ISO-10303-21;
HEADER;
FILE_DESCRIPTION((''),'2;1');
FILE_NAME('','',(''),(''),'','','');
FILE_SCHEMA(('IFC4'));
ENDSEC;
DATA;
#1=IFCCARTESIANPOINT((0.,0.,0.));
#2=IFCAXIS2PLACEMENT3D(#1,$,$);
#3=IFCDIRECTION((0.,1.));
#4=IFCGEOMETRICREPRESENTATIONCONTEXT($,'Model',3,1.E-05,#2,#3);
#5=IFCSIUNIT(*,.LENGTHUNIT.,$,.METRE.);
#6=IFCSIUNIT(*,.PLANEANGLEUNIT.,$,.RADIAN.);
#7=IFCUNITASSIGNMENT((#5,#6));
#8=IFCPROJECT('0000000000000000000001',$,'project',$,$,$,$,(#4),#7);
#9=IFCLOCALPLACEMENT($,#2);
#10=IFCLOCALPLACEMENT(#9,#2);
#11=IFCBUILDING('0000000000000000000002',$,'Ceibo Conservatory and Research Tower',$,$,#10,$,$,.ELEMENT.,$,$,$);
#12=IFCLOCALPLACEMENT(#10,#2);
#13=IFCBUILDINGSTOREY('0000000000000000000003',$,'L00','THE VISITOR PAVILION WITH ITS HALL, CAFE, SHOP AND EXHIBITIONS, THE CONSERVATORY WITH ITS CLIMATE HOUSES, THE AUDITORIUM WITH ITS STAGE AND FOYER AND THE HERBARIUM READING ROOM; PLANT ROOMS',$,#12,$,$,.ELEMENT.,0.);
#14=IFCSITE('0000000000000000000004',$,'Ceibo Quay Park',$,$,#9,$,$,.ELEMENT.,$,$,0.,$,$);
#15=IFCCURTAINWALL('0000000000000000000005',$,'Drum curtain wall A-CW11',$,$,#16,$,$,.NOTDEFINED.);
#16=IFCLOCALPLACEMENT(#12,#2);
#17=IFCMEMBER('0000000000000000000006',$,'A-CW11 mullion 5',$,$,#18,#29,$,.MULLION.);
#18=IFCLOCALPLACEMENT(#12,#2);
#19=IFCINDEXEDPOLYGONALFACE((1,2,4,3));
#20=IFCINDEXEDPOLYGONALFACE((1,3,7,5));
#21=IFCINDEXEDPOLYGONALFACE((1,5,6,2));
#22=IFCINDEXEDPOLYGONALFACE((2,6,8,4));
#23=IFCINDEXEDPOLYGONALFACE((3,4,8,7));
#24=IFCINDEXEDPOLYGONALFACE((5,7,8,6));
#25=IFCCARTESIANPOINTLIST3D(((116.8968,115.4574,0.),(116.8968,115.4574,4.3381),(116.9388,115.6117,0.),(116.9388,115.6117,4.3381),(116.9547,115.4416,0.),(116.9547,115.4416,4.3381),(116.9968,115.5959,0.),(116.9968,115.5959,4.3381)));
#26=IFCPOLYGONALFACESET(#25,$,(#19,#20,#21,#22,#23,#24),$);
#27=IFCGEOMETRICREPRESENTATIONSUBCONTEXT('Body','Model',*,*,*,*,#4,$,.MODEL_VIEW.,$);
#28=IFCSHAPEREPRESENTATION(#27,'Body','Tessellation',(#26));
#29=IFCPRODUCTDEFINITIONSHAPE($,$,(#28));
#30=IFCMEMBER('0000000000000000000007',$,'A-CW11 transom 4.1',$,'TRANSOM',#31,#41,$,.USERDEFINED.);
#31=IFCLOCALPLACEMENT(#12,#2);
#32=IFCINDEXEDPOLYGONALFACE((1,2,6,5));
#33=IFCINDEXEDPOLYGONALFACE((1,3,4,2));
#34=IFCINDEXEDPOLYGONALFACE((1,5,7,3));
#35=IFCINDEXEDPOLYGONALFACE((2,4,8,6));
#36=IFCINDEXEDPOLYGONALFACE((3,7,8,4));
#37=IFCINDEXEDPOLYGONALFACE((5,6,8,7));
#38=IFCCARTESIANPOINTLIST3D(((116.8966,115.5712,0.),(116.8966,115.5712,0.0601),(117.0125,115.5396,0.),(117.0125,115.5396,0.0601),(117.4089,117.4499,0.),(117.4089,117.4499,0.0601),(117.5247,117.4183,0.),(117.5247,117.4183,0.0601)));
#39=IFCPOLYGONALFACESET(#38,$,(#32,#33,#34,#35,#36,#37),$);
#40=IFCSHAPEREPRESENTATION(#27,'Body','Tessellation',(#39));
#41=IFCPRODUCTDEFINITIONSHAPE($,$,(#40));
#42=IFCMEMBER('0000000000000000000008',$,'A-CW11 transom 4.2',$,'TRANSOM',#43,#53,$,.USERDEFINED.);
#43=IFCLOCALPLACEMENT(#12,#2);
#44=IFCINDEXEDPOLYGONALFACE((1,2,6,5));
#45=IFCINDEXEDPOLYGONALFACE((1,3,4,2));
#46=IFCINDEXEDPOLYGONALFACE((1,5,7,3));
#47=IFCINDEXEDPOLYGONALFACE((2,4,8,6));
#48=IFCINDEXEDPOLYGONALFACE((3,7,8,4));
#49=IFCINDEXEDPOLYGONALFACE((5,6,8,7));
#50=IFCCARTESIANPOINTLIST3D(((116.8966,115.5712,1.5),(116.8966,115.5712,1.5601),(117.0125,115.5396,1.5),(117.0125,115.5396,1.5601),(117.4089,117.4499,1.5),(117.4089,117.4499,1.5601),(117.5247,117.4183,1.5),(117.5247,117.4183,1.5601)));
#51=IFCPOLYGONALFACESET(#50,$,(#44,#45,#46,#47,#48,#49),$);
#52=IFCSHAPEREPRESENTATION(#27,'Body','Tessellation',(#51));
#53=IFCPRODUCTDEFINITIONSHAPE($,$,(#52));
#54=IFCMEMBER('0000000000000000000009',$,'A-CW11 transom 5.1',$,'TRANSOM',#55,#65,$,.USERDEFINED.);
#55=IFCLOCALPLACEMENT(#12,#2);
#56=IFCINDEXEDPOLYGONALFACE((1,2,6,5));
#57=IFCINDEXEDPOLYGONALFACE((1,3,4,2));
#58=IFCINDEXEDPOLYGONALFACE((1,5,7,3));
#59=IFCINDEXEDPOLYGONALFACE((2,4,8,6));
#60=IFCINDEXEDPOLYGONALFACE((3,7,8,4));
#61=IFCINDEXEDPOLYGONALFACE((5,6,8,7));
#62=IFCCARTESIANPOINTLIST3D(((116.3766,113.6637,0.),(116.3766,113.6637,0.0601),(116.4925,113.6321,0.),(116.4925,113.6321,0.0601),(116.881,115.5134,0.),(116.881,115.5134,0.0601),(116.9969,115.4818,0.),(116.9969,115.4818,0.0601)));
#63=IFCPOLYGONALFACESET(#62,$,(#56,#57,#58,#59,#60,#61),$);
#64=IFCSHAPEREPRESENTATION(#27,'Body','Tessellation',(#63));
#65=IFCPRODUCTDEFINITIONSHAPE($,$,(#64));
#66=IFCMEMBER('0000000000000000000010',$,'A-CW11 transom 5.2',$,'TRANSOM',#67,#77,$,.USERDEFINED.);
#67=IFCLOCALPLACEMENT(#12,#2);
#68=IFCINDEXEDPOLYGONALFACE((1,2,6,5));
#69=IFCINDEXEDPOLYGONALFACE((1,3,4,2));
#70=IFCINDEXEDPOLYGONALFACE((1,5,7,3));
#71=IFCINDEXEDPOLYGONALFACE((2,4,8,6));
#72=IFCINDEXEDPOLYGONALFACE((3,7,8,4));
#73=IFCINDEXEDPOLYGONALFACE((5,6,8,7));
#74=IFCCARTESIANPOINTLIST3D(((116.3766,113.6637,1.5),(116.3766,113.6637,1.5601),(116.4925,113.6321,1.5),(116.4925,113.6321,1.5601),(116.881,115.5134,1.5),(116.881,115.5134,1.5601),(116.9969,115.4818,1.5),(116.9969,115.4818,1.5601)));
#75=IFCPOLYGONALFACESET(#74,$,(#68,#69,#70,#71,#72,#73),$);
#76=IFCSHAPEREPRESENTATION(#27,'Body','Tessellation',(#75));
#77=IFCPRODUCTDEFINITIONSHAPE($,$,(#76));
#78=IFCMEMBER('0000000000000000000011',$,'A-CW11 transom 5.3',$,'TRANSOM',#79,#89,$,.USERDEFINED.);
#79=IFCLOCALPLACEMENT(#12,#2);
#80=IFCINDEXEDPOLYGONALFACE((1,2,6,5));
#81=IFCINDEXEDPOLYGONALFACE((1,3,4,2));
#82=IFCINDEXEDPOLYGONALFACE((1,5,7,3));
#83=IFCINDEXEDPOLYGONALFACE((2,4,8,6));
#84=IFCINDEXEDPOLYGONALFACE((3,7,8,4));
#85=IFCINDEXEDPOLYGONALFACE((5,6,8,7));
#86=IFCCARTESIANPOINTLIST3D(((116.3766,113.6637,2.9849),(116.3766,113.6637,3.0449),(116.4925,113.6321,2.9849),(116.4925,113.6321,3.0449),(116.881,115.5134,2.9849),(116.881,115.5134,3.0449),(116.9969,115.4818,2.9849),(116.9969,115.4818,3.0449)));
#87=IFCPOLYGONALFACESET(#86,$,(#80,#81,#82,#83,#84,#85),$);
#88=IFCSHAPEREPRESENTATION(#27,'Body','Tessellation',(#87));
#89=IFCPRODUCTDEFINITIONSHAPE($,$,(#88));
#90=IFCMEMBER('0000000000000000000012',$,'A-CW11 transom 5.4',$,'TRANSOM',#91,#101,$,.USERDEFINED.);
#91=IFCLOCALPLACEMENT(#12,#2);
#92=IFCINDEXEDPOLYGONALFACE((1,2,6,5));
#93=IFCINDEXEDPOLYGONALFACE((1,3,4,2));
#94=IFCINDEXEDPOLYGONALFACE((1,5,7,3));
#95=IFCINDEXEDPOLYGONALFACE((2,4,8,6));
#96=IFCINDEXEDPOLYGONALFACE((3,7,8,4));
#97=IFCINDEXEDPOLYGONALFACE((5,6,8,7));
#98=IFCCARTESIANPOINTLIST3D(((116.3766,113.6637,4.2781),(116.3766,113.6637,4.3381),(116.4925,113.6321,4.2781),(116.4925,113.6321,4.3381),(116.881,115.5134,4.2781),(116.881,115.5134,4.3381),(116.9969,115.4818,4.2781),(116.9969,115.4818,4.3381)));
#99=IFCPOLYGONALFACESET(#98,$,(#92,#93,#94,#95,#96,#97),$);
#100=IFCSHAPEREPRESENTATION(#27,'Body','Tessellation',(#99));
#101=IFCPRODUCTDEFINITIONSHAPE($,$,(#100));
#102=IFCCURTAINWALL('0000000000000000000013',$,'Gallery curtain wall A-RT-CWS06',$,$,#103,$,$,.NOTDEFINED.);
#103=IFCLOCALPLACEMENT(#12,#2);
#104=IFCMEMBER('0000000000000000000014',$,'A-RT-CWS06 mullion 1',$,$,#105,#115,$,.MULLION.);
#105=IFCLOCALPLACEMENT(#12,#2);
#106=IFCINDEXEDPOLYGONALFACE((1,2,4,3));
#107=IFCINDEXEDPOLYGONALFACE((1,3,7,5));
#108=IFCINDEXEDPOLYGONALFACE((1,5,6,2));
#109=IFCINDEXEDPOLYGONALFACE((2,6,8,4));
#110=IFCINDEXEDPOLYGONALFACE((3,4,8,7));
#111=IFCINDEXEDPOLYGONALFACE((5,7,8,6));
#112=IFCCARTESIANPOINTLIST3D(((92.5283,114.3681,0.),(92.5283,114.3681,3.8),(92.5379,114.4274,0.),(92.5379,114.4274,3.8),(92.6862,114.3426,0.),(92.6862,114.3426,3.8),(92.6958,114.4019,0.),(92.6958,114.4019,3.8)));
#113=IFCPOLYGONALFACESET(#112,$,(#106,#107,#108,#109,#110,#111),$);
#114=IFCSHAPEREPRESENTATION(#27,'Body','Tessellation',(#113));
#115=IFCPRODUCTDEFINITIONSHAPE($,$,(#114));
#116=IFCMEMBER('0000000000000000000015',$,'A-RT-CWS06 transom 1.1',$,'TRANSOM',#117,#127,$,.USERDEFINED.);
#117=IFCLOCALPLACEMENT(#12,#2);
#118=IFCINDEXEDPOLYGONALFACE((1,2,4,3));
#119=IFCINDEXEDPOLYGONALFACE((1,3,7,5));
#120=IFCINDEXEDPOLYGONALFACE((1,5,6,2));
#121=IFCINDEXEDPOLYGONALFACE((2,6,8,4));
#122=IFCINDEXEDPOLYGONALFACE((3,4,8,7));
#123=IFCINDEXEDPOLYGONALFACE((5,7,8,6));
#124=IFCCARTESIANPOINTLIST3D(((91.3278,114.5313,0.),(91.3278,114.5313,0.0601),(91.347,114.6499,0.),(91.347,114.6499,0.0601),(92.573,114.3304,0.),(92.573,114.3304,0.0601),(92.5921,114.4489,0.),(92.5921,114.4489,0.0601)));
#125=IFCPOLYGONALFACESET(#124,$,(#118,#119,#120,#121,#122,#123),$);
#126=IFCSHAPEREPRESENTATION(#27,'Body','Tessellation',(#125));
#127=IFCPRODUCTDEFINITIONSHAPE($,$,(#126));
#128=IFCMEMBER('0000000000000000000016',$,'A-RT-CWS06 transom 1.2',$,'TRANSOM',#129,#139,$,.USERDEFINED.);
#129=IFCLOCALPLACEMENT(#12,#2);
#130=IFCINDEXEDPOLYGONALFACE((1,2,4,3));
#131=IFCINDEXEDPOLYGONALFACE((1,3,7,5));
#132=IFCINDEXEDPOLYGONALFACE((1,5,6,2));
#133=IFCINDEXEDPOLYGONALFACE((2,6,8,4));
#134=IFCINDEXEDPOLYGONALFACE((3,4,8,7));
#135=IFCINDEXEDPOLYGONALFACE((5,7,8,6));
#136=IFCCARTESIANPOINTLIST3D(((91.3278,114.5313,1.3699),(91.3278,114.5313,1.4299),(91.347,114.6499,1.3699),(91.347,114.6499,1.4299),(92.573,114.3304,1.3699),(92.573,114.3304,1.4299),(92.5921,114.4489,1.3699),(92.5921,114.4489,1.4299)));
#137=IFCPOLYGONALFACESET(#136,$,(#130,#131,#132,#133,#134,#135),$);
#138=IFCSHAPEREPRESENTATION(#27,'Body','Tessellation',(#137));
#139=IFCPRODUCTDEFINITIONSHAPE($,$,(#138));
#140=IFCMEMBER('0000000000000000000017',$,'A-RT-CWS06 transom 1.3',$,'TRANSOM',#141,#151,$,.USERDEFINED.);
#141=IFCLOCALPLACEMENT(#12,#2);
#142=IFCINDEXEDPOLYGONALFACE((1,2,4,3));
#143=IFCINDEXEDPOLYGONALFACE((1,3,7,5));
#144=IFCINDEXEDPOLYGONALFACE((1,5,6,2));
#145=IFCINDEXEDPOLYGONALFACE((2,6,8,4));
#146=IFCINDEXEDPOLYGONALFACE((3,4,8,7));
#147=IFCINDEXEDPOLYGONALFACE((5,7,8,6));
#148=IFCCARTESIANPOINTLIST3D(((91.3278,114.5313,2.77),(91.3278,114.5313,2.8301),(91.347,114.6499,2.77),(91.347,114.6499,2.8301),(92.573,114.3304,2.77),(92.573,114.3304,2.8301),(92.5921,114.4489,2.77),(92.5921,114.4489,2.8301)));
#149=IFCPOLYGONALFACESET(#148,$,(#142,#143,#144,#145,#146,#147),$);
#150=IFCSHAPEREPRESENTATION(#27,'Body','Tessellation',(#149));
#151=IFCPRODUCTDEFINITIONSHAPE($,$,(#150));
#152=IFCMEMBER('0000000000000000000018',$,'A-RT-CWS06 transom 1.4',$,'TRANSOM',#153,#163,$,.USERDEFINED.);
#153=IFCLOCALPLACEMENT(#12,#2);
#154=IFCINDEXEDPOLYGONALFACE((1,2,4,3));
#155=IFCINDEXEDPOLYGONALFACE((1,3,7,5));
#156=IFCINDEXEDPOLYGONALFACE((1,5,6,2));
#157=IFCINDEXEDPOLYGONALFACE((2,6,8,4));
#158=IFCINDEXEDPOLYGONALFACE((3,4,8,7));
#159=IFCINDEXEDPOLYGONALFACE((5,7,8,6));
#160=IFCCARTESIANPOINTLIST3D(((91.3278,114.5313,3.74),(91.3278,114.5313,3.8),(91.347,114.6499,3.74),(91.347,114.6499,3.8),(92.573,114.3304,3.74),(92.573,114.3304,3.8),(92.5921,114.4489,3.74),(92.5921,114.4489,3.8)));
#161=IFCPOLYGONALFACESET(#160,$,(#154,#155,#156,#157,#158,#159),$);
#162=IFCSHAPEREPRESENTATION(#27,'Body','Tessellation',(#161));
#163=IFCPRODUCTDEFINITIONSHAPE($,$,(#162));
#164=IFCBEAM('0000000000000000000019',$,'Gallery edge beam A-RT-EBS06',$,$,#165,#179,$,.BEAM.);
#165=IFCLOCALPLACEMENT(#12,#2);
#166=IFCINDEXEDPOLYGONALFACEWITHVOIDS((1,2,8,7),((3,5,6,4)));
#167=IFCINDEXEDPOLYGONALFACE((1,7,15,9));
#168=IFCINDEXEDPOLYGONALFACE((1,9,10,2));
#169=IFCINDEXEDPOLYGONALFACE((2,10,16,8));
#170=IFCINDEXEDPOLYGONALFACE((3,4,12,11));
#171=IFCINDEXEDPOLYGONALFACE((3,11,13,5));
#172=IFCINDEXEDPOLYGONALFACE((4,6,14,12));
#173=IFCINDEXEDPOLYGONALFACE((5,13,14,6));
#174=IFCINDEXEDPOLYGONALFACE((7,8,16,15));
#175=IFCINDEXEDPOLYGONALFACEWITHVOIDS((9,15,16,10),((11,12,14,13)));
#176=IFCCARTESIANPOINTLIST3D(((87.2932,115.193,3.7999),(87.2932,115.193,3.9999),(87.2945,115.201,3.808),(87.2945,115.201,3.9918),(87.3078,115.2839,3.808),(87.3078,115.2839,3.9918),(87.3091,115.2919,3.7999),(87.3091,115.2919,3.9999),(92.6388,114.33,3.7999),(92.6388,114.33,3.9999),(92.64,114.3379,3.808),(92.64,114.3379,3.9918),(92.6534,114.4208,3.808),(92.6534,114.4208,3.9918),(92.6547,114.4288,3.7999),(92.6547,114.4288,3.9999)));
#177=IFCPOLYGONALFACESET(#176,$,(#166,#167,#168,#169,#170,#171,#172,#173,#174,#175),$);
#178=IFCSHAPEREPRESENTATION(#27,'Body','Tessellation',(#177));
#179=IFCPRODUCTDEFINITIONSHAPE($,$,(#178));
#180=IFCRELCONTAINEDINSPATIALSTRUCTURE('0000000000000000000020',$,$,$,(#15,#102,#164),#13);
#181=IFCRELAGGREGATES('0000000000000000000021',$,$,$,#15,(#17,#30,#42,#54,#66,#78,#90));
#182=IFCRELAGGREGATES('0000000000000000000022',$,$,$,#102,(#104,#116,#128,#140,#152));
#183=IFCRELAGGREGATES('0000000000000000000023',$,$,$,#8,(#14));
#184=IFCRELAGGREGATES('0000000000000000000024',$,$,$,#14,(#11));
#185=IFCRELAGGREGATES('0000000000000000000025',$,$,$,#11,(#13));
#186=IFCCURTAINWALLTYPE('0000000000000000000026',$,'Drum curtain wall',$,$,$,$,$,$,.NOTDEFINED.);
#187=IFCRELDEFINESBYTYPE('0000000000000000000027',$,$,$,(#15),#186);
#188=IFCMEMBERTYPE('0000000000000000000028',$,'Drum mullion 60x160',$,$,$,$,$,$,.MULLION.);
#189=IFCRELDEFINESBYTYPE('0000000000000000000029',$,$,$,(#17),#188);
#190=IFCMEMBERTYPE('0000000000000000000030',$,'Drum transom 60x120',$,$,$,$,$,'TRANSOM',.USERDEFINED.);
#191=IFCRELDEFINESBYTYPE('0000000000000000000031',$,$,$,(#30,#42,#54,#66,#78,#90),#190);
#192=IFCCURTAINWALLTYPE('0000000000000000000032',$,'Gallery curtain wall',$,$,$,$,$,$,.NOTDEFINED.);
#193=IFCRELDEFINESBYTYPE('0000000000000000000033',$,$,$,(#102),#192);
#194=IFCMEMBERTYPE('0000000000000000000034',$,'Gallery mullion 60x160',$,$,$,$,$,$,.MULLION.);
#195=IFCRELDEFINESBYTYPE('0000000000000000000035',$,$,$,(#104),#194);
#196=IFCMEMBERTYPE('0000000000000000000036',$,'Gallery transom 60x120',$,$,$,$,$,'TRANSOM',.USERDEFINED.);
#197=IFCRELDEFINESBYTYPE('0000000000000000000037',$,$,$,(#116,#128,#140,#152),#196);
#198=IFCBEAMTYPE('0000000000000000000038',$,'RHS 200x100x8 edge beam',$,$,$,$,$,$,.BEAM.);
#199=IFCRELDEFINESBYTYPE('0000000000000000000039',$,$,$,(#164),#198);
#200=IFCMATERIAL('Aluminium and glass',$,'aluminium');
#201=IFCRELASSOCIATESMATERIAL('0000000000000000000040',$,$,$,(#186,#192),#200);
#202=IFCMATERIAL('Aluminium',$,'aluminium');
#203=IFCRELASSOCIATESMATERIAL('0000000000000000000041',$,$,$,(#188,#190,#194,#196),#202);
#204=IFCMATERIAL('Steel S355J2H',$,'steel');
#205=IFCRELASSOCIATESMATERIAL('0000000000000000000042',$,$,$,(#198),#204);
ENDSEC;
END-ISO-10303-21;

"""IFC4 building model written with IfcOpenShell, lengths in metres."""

from ifc_helpers import new_model, si_unit, direction, frame, origin, origin_2d, place, context, subcontext, project, spatial, rectangle, hollow_rectangle, extrude, material, material_profile, profile_set, type_object, element, aggregate, save


model = new_model("IFC4")

# Units and contexts
model_context = context("Model", 3, precision=1e-05, world=origin(), true_north=direction((0.0, 1.0)))
body_context = subcontext(model_context, "Body", "Model", "MODEL_VIEW")
ifc_project = project(units=[si_unit("LENGTHUNIT", "METRE"), si_unit("PLANEANGLEUNIT", "RADIAN")], contexts=[model_context])

# Site, building, storey
site_placement = place(None, origin())
site = spatial("IfcSite", under=ifc_project, at=site_placement, Name="Ceibo Quay Park", CompositionType="ELEMENT", RefElevation=0.0)
building_placement = place(site_placement, origin())
building = spatial("IfcBuilding", under=site, at=building_placement, Name="Ceibo Conservatory and Research Tower", CompositionType="ELEMENT")
storey_placement = place(building_placement, origin())
storey = spatial("IfcBuildingStorey", under=building, at=storey_placement, Name="L00", Description="THE VISITOR PAVILION WITH ITS HALL, CAFE, SHOP AND EXHIBITIONS, THE CONSERVATORY WITH ITS CLIMATE HOUSES, THE AUDITORIUM WITH ITS STAGE AND FOYER AND THE HERBARIUM READING ROOM; PLANT ROOMS", CompositionType="ELEMENT", Elevation=0.0)

# Shared definitions
ifc_material_1 = material(Name="Steel S355J2H", Category="steel")

# Curtain walls, members
ifc_material_2 = material(Name="Aluminium and glass", Category="aluminium")
curtain_wall_type_1 = type_object("IfcCurtainWallType", Name="Drum curtain wall", PredefinedType="NOTDEFINED", material=ifc_material_2)
curtain_wall_1_placement = place(storey_placement, origin())
curtain_wall_1 = element("IfcCurtainWall", 1, at=curtain_wall_1_placement, inside=storey, type_object=curtain_wall_type_1, Name="Drum curtain wall A-CW11", PredefinedType="NOTDEFINED")
ifc_material_3 = material(Name="Aluminium", Category="aluminium")
ifc_material_profile_1 = material_profile(ifc_material_3, rectangle(XDim=0.0601, YDim=0.1599, at=origin_2d()), Name="AL 60x160")
ifc_profile_set_1 = profile_set([ifc_material_profile_1], Name="Aluminium")
member_type_1 = type_object("IfcMemberType", Name="Drum mullion 60x160", PredefinedType="MULLION", material=ifc_profile_set_1)
member_1_placement = place(storey_placement, frame((116.9468, 115.5266, 0.0), z_axis=(0.0, 0.0, 1.0), x_axis=(0.964787, -0.263031, 0.0)))
member_1 = element("IfcMember", 2, at=member_1_placement, type_object=member_type_1, Name="A-CW11 mullion 5", PredefinedType="MULLION", context=body_context, shape_type="SweptSolid", body=[
    extrude(rectangle(XDim=0.0601, YDim=0.1599, at=origin_2d()), origin(), (0.0, 0.0, 1.0), 4.3381),
])
ifc_material_profile_2 = material_profile(ifc_material_3, rectangle(XDim=0.1201, YDim=0.0601, at=origin_2d()), Name="AL 60x120")
ifc_profile_set_2 = profile_set([ifc_material_profile_2], Name="Aluminium")
member_type_2 = type_object("IfcMemberType", Name="Drum transom 60x120", ElementType="TRANSOM", PredefinedType="USERDEFINED", material=ifc_profile_set_2)
member_2_placement = place(storey_placement, frame((117.4668, 117.4341, 0.03), z_axis=(-0.263043, -0.964784, 0.0), x_axis=(0.964784, -0.263043, 0.0)))
member_2 = element("IfcMember", 3, at=member_2_placement, type_object=member_type_2, Name="A-CW11 transom 4.1", ObjectType="TRANSOM", PredefinedType="USERDEFINED", context=body_context, shape_type="SweptSolid", body=[
    extrude(rectangle(XDim=0.1201, YDim=0.0601, at=origin_2d()), origin(), (0.0, 0.0, 1.0), 1.9473),
])
member_3_placement = place(storey_placement, frame((117.4668, 117.4341, 1.53), z_axis=(-0.263043, -0.964784, 0.0), x_axis=(0.964784, -0.263043, 0.0)))
member_3 = element("IfcMember", 4, at=member_3_placement, type_object=member_type_2, Name="A-CW11 transom 4.2", ObjectType="TRANSOM", PredefinedType="USERDEFINED", context=body_context, shape_type="SweptSolid", body=[
    extrude(rectangle(XDim=0.1201, YDim=0.0601, at=origin_2d()), origin(), (0.0, 0.0, 1.0), 1.9473),
])
member_4_placement = place(storey_placement, frame((116.939, 115.4976, 0.03), z_axis=(-0.263096, -0.96477, 0.0), x_axis=(0.96477, -0.263096, 0.0)))
member_4 = element("IfcMember", 5, at=member_4_placement, type_object=member_type_2, Name="A-CW11 transom 5.1", ObjectType="TRANSOM", PredefinedType="USERDEFINED", context=body_context, shape_type="SweptSolid", body=[
    extrude(rectangle(XDim=0.1201, YDim=0.0601, at=origin_2d()), origin(), (0.0, 0.0, 1.0), 1.9172),
])
member_5_placement = place(storey_placement, frame((116.939, 115.4976, 1.53), z_axis=(-0.263096, -0.96477, 0.0), x_axis=(0.96477, -0.263096, 0.0)))
member_5 = element("IfcMember", 6, at=member_5_placement, type_object=member_type_2, Name="A-CW11 transom 5.2", ObjectType="TRANSOM", PredefinedType="USERDEFINED", context=body_context, shape_type="SweptSolid", body=[
    extrude(rectangle(XDim=0.1201, YDim=0.0601, at=origin_2d()), origin(), (0.0, 0.0, 1.0), 1.9172),
])
member_6_placement = place(storey_placement, frame((116.939, 115.4976, 3.0149), z_axis=(-0.263096, -0.96477, 0.0), x_axis=(0.96477, -0.263096, 0.0)))
member_6 = element("IfcMember", 7, at=member_6_placement, type_object=member_type_2, Name="A-CW11 transom 5.3", ObjectType="TRANSOM", PredefinedType="USERDEFINED", context=body_context, shape_type="SweptSolid", body=[
    extrude(rectangle(XDim=0.1201, YDim=0.0601, at=origin_2d()), origin(), (0.0, 0.0, 1.0), 1.9172),
])
member_7_placement = place(storey_placement, frame((116.939, 115.4976, 4.3081), z_axis=(-0.263096, -0.96477, 0.0), x_axis=(0.96477, -0.263096, 0.0)))
member_7 = element("IfcMember", 8, at=member_7_placement, type_object=member_type_2, Name="A-CW11 transom 5.4", ObjectType="TRANSOM", PredefinedType="USERDEFINED", context=body_context, shape_type="SweptSolid", body=[
    extrude(rectangle(XDim=0.1201, YDim=0.0601, at=origin_2d()), origin(), (0.0, 0.0, 1.0), 1.9172),
])
curtain_wall_type_2 = type_object("IfcCurtainWallType", Name="Gallery curtain wall", PredefinedType="NOTDEFINED", material=ifc_material_2)
curtain_wall_2_placement = place(storey_placement, origin())
curtain_wall_2 = element("IfcCurtainWall", 9, at=curtain_wall_2_placement, inside=storey, type_object=curtain_wall_type_2, Name="Gallery curtain wall A-RT-CWS06", PredefinedType="NOTDEFINED")
ifc_material_profile_3 = material_profile(ifc_material_3, rectangle(XDim=0.0601, YDim=0.1599, at=origin_2d()), Name="AL 60x160")
ifc_profile_set_3 = profile_set([ifc_material_profile_3], Name="Aluminium")
member_type_3 = type_object("IfcMemberType", Name="Gallery mullion 60x160", PredefinedType="MULLION", material=ifc_profile_set_3)
member_8_placement = place(storey_placement, frame((92.6121, 114.385, 0.0), z_axis=(0.0, 0.0, 1.0), x_axis=(-0.159391, -0.987216, 0.0)))
member_8 = element("IfcMember", 10, at=member_8_placement, type_object=member_type_3, Name="A-RT-CWS06 mullion 1", PredefinedType="MULLION", context=body_context, shape_type="SweptSolid", body=[
    extrude(rectangle(XDim=0.0601, YDim=0.1599, at=origin_2d()), origin(), (0.0, 0.0, 1.0), 3.8),
])
ifc_material_profile_4 = material_profile(ifc_material_3, rectangle(XDim=0.1201, YDim=0.0601, at=origin_2d()), Name="AL 60x120")
ifc_profile_set_4 = profile_set([ifc_material_profile_4], Name="Aluminium")
member_type_4 = type_object("IfcMemberType", Name="Gallery transom 60x120", ElementType="TRANSOM", PredefinedType="USERDEFINED", material=ifc_profile_set_4)
member_9_placement = place(storey_placement, frame((92.5825, 114.3896, 0.03), z_axis=(-0.987228, 0.159312, 0.0), x_axis=(-0.159312, -0.987228, 0.0)))
member_9 = element("IfcMember", 11, at=member_9_placement, type_object=member_type_4, Name="A-RT-CWS06 transom 1.1", ObjectType="TRANSOM", PredefinedType="USERDEFINED", context=body_context, shape_type="SweptSolid", body=[
    extrude(rectangle(XDim=0.1201, YDim=0.0601, at=origin_2d()), origin(), (0.0, 0.0, 1.0), 1.2612),
])
member_10_placement = place(storey_placement, frame((92.5825, 114.3896, 1.3999), z_axis=(-0.987228, 0.159312, 0.0), x_axis=(-0.159312, -0.987228, 0.0)))
member_10 = element("IfcMember", 12, at=member_10_placement, type_object=member_type_4, Name="A-RT-CWS06 transom 1.2", ObjectType="TRANSOM", PredefinedType="USERDEFINED", context=body_context, shape_type="SweptSolid", body=[
    extrude(rectangle(XDim=0.1201, YDim=0.0601, at=origin_2d()), origin(), (0.0, 0.0, 1.0), 1.2612),
])
member_11_placement = place(storey_placement, frame((92.5825, 114.3896, 2.8), z_axis=(-0.987228, 0.159312, 0.0), x_axis=(-0.159312, -0.987228, 0.0)))
member_11 = element("IfcMember", 13, at=member_11_placement, type_object=member_type_4, Name="A-RT-CWS06 transom 1.3", ObjectType="TRANSOM", PredefinedType="USERDEFINED", context=body_context, shape_type="SweptSolid", body=[
    extrude(rectangle(XDim=0.1201, YDim=0.0601, at=origin_2d()), origin(), (0.0, 0.0, 1.0), 1.2612),
])
member_12_placement = place(storey_placement, frame((92.5825, 114.3896, 3.77), z_axis=(-0.987228, 0.159312, 0.0), x_axis=(-0.159312, -0.987228, 0.0)))
member_12 = element("IfcMember", 14, at=member_12_placement, type_object=member_type_4, Name="A-RT-CWS06 transom 1.4", ObjectType="TRANSOM", PredefinedType="USERDEFINED", context=body_context, shape_type="SweptSolid", body=[
    extrude(rectangle(XDim=0.1201, YDim=0.0601, at=origin_2d()), origin(), (0.0, 0.0, 1.0), 1.2612),
])

# Beam
ifc_material_profile_5 = material_profile(ifc_material_1, hollow_rectangle(XDim=0.1001, YDim=0.2, WallThickness=0.0081, at=origin_2d()), Name="RHS 200x100x8 edge beam")
ifc_profile_set_5 = profile_set([ifc_material_profile_5], Name="Steel S355J2H")
beam_type = type_object("IfcBeamType", Name="RHS 200x100x8 edge beam", PredefinedType="BEAM", material=ifc_profile_set_5)
beam_placement = place(storey_placement, frame((92.6467, 114.3794, 3.8999), z_axis=(-0.987216, 0.159388, 0.0), x_axis=(-0.159388, -0.987216, 0.0)))
element("IfcBeam", 15, at=beam_placement, inside=storey, type_object=beam_type, Name="Gallery edge beam A-RT-EBS06", PredefinedType="BEAM", context=body_context, shape_type="SweptSolid", body=[
    extrude(hollow_rectangle(XDim=0.1001, YDim=0.2, WallThickness=0.0081, at=origin_2d()), origin(), (0.0, 0.0, 1.0), 5.4148),
])

aggregate(curtain_wall_1, [member_1, member_2, member_3, member_4, member_5, member_6, member_7])
aggregate(curtain_wall_2, [member_8, member_9, member_10, member_11, member_12])

save(model, "model.ifc")
